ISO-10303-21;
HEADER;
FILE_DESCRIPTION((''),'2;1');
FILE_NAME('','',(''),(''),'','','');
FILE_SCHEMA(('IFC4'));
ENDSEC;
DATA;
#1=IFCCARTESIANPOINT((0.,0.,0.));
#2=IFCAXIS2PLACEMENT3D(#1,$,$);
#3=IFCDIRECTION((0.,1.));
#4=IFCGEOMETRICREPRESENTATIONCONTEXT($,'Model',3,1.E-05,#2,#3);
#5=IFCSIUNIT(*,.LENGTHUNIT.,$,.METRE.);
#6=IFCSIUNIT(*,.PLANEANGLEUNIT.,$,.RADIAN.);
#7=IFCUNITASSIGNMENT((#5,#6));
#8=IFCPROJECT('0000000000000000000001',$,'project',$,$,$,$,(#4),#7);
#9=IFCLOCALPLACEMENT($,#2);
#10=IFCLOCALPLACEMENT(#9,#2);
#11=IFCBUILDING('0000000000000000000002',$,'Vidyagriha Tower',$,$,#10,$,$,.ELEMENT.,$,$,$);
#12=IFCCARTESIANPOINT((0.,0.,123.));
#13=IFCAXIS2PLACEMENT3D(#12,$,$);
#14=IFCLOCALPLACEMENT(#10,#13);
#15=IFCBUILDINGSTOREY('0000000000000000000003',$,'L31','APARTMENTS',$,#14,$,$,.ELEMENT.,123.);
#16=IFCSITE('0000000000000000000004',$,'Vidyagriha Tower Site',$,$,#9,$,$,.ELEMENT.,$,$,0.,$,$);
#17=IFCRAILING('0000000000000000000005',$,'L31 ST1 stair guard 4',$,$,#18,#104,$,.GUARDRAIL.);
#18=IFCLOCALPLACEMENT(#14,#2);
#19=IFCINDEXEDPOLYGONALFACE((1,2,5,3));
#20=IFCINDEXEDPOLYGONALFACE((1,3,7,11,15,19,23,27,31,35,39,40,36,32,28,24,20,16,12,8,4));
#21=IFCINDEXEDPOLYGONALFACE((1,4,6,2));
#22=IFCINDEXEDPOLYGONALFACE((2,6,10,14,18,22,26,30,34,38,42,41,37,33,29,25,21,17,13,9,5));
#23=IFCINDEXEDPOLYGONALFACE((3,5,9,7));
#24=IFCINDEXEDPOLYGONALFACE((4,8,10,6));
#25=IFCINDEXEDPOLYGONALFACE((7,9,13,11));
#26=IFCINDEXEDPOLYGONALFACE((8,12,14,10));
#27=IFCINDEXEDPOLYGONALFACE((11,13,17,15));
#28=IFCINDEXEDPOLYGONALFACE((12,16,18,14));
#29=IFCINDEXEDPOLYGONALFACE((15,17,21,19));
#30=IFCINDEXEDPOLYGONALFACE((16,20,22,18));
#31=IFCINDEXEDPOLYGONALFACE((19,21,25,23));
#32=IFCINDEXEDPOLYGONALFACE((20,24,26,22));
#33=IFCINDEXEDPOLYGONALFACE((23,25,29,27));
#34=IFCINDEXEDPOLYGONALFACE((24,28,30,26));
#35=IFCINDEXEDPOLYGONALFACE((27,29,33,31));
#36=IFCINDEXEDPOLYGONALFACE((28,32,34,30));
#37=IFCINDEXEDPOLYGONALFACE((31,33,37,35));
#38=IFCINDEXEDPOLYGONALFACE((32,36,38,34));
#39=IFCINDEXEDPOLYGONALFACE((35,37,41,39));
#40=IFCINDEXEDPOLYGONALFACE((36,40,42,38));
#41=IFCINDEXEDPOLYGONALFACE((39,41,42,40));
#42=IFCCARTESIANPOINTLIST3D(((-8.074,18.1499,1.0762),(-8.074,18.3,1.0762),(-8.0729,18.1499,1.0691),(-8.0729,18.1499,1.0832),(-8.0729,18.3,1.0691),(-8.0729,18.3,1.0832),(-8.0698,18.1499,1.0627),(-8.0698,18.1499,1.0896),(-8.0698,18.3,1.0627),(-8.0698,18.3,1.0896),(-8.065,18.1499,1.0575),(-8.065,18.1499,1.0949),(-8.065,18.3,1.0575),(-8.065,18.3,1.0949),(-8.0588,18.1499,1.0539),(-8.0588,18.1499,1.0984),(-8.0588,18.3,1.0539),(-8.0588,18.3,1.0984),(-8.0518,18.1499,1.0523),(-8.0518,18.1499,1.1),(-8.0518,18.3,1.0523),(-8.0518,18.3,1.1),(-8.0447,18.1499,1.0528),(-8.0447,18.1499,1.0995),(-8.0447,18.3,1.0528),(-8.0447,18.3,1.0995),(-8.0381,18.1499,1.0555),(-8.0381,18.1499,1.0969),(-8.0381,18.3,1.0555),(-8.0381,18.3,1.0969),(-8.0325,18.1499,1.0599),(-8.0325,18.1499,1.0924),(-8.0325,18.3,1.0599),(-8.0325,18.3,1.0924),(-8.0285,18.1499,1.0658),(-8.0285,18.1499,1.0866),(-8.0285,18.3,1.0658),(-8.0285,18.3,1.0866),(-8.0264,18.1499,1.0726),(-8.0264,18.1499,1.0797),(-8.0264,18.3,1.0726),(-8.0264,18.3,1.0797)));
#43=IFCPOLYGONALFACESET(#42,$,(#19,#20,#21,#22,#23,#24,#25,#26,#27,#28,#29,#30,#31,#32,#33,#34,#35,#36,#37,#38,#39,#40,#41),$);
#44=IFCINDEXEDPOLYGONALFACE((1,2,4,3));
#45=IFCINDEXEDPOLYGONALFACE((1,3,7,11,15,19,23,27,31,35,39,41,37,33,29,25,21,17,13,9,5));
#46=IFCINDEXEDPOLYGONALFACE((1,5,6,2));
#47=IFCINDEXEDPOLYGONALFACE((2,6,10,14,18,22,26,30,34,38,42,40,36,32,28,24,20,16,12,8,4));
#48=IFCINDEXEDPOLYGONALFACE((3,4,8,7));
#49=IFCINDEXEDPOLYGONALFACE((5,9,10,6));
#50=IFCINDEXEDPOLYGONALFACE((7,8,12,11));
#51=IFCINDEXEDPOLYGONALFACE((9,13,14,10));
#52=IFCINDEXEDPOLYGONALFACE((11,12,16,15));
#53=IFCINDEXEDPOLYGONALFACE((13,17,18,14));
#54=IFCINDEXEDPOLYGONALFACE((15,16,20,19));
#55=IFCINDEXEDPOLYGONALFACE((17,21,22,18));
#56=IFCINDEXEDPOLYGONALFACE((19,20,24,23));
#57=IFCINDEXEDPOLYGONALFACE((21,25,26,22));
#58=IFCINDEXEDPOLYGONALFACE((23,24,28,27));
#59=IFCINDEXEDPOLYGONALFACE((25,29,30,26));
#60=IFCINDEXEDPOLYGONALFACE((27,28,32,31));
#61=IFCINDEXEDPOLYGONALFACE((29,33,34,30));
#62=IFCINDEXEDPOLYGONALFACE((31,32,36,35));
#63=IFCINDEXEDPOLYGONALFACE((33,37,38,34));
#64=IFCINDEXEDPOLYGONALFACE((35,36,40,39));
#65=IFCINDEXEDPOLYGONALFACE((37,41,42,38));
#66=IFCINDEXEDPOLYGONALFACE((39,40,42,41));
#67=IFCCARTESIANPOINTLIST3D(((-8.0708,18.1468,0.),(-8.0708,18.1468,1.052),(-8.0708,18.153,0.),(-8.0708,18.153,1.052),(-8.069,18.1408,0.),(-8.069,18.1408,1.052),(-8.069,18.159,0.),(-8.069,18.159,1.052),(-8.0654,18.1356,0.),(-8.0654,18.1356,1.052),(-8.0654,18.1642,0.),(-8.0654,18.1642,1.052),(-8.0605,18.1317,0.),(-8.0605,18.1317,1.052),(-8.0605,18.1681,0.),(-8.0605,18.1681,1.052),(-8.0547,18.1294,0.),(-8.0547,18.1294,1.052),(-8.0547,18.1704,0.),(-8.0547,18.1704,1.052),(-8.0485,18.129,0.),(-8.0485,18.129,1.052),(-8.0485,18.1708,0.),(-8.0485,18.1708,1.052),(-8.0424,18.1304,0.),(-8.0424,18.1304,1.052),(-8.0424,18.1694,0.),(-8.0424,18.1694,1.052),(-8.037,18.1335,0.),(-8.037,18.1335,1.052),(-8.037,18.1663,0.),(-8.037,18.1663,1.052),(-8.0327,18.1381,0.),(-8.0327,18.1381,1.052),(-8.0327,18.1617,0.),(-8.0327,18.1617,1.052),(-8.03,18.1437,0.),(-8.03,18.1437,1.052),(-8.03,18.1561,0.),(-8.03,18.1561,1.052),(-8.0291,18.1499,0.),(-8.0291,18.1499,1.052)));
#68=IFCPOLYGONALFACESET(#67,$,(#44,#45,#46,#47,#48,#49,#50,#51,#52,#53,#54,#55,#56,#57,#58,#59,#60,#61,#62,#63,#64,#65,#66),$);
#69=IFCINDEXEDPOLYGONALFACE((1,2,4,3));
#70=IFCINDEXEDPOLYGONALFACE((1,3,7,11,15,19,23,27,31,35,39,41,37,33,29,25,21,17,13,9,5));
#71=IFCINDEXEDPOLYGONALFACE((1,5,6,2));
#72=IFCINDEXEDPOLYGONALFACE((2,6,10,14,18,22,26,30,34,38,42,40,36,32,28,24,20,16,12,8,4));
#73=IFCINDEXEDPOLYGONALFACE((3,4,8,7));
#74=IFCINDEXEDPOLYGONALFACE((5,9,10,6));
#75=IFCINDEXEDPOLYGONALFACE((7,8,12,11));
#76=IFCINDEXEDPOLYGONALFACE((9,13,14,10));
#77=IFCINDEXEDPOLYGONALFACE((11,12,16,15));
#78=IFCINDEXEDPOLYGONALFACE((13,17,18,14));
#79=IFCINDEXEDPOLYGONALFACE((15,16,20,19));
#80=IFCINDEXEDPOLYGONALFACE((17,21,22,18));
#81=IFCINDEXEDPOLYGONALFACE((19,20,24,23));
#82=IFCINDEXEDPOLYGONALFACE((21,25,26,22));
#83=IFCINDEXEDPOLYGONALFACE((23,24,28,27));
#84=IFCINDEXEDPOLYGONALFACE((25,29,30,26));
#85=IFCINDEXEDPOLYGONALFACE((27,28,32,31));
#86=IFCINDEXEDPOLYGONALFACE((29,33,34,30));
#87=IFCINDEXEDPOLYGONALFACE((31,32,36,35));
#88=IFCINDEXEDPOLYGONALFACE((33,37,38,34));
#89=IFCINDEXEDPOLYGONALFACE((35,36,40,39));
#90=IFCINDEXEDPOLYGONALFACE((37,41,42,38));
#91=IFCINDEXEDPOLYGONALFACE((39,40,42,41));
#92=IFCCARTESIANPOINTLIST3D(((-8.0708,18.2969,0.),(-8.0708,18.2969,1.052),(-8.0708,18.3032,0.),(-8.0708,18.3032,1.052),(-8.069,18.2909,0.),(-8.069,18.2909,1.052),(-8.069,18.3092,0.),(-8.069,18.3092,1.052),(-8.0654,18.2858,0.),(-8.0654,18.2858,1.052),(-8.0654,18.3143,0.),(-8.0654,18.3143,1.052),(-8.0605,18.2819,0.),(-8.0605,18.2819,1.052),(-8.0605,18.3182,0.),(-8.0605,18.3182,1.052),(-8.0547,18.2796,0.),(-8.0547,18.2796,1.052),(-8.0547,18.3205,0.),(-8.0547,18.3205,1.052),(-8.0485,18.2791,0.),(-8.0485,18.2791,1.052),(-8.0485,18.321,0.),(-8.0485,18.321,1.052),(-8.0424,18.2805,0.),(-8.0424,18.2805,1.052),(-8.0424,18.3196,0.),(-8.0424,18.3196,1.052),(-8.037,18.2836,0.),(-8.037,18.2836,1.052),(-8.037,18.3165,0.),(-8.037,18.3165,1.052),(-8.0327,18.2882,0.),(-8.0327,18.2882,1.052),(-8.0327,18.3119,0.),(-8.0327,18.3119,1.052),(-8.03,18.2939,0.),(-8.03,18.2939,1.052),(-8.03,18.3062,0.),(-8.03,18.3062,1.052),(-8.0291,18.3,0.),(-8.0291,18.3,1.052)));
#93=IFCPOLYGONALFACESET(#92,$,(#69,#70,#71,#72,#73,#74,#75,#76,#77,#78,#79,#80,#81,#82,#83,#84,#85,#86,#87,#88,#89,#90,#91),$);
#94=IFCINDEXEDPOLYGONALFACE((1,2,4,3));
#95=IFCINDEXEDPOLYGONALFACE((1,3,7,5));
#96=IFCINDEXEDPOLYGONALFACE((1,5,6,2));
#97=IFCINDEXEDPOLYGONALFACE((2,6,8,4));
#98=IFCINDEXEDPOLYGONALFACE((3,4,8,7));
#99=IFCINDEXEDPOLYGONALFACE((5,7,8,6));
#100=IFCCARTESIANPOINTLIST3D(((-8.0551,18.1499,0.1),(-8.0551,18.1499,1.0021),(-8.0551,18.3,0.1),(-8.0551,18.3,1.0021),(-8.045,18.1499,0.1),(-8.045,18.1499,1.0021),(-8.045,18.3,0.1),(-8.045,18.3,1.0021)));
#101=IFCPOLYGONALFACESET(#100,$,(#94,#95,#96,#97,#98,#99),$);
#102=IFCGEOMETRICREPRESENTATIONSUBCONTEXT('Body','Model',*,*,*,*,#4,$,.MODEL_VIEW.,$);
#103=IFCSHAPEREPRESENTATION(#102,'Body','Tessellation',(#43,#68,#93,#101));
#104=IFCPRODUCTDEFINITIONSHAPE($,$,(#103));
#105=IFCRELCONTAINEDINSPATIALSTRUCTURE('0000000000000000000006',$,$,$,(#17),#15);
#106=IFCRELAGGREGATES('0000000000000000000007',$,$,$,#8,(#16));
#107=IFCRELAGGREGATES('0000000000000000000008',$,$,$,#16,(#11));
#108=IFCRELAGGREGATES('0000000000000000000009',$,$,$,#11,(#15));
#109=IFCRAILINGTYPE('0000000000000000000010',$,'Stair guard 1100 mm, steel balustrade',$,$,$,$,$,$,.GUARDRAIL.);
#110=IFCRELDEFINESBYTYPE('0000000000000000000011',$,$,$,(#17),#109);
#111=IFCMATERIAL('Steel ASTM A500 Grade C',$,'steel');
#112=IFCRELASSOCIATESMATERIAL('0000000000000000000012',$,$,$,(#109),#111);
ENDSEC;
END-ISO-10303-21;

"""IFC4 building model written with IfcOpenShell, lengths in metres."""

from ifc_helpers import new_model, si_unit, direction, frame, origin, origin_2d, place, context, subcontext, project, spatial, rectangle, circle, extrude, material, type_object, element, save


model = new_model("IFC4")

# Units and contexts
model_context = context("Model", 3, precision=1e-05, world=origin(), true_north=direction((0.0, 1.0)))
body_context = subcontext(model_context, "Body", "Model", "MODEL_VIEW")
ifc_project = project(units=[si_unit("LENGTHUNIT", "METRE"), si_unit("PLANEANGLEUNIT", "RADIAN")], contexts=[model_context])

# Site, building, storey
site_placement = place(None, origin())
site = spatial("IfcSite", under=ifc_project, at=site_placement, Name="Vidyagriha Tower Site", CompositionType="ELEMENT", RefElevation=0.0)
building_placement = place(site_placement, origin())
building = spatial("IfcBuilding", under=site, at=building_placement, Name="Vidyagriha Tower", CompositionType="ELEMENT")
storey_placement = place(building_placement, frame((0.0, 0.0, 123.0)))
storey = spatial("IfcBuildingStorey", under=building, at=storey_placement, Name="L31", Description="APARTMENTS", CompositionType="ELEMENT", Elevation=123.0)

# Railing
ifc_material_1 = material(Name="Steel ASTM A500 Grade C", Category="steel")
railing_type_1 = type_object("IfcRailingType", Name="Stair guard 1100 mm, steel balustrade", PredefinedType="GUARDRAIL", material=ifc_material_1)
railing_1_placement = place(storey_placement, frame((-8.05, 18.1499, 0.0)))
element("IfcRailing", 1, at=railing_1_placement, inside=storey, type_object=railing_type_1, Name="L31 ST1 stair guard 4", PredefinedType="GUARDRAIL", context=body_context, shape_type="SweptSolid", body=[
    extrude(circle(Radius=0.0239, at=origin_2d()), frame((0.0, 0.0, 1.0762), z_axis=(0.0, 1.0, 0.0), x_axis=(-1.0, 0.0, 0.0)), (0.0, 0.0, 1.0), 0.1501),
    extrude(circle(Radius=0.021, at=origin_2d()), origin(), (0.0, 0.0, 1.0), 1.052),
    extrude(circle(Radius=0.021, at=origin_2d()), frame((0.0, 0.1501, 0.0)), (0.0, 0.0, 1.0), 1.052),
    extrude(rectangle(XDim=0.01, YDim=0.9021, at=origin_2d()), frame((0.0, 0.0, 0.551), z_axis=(0.0, 1.0, 0.0), x_axis=(-1.0, 0.0, 0.0)), (0.0, 0.0, 1.0), 0.1501),
])

save(model, "model.ifc")
